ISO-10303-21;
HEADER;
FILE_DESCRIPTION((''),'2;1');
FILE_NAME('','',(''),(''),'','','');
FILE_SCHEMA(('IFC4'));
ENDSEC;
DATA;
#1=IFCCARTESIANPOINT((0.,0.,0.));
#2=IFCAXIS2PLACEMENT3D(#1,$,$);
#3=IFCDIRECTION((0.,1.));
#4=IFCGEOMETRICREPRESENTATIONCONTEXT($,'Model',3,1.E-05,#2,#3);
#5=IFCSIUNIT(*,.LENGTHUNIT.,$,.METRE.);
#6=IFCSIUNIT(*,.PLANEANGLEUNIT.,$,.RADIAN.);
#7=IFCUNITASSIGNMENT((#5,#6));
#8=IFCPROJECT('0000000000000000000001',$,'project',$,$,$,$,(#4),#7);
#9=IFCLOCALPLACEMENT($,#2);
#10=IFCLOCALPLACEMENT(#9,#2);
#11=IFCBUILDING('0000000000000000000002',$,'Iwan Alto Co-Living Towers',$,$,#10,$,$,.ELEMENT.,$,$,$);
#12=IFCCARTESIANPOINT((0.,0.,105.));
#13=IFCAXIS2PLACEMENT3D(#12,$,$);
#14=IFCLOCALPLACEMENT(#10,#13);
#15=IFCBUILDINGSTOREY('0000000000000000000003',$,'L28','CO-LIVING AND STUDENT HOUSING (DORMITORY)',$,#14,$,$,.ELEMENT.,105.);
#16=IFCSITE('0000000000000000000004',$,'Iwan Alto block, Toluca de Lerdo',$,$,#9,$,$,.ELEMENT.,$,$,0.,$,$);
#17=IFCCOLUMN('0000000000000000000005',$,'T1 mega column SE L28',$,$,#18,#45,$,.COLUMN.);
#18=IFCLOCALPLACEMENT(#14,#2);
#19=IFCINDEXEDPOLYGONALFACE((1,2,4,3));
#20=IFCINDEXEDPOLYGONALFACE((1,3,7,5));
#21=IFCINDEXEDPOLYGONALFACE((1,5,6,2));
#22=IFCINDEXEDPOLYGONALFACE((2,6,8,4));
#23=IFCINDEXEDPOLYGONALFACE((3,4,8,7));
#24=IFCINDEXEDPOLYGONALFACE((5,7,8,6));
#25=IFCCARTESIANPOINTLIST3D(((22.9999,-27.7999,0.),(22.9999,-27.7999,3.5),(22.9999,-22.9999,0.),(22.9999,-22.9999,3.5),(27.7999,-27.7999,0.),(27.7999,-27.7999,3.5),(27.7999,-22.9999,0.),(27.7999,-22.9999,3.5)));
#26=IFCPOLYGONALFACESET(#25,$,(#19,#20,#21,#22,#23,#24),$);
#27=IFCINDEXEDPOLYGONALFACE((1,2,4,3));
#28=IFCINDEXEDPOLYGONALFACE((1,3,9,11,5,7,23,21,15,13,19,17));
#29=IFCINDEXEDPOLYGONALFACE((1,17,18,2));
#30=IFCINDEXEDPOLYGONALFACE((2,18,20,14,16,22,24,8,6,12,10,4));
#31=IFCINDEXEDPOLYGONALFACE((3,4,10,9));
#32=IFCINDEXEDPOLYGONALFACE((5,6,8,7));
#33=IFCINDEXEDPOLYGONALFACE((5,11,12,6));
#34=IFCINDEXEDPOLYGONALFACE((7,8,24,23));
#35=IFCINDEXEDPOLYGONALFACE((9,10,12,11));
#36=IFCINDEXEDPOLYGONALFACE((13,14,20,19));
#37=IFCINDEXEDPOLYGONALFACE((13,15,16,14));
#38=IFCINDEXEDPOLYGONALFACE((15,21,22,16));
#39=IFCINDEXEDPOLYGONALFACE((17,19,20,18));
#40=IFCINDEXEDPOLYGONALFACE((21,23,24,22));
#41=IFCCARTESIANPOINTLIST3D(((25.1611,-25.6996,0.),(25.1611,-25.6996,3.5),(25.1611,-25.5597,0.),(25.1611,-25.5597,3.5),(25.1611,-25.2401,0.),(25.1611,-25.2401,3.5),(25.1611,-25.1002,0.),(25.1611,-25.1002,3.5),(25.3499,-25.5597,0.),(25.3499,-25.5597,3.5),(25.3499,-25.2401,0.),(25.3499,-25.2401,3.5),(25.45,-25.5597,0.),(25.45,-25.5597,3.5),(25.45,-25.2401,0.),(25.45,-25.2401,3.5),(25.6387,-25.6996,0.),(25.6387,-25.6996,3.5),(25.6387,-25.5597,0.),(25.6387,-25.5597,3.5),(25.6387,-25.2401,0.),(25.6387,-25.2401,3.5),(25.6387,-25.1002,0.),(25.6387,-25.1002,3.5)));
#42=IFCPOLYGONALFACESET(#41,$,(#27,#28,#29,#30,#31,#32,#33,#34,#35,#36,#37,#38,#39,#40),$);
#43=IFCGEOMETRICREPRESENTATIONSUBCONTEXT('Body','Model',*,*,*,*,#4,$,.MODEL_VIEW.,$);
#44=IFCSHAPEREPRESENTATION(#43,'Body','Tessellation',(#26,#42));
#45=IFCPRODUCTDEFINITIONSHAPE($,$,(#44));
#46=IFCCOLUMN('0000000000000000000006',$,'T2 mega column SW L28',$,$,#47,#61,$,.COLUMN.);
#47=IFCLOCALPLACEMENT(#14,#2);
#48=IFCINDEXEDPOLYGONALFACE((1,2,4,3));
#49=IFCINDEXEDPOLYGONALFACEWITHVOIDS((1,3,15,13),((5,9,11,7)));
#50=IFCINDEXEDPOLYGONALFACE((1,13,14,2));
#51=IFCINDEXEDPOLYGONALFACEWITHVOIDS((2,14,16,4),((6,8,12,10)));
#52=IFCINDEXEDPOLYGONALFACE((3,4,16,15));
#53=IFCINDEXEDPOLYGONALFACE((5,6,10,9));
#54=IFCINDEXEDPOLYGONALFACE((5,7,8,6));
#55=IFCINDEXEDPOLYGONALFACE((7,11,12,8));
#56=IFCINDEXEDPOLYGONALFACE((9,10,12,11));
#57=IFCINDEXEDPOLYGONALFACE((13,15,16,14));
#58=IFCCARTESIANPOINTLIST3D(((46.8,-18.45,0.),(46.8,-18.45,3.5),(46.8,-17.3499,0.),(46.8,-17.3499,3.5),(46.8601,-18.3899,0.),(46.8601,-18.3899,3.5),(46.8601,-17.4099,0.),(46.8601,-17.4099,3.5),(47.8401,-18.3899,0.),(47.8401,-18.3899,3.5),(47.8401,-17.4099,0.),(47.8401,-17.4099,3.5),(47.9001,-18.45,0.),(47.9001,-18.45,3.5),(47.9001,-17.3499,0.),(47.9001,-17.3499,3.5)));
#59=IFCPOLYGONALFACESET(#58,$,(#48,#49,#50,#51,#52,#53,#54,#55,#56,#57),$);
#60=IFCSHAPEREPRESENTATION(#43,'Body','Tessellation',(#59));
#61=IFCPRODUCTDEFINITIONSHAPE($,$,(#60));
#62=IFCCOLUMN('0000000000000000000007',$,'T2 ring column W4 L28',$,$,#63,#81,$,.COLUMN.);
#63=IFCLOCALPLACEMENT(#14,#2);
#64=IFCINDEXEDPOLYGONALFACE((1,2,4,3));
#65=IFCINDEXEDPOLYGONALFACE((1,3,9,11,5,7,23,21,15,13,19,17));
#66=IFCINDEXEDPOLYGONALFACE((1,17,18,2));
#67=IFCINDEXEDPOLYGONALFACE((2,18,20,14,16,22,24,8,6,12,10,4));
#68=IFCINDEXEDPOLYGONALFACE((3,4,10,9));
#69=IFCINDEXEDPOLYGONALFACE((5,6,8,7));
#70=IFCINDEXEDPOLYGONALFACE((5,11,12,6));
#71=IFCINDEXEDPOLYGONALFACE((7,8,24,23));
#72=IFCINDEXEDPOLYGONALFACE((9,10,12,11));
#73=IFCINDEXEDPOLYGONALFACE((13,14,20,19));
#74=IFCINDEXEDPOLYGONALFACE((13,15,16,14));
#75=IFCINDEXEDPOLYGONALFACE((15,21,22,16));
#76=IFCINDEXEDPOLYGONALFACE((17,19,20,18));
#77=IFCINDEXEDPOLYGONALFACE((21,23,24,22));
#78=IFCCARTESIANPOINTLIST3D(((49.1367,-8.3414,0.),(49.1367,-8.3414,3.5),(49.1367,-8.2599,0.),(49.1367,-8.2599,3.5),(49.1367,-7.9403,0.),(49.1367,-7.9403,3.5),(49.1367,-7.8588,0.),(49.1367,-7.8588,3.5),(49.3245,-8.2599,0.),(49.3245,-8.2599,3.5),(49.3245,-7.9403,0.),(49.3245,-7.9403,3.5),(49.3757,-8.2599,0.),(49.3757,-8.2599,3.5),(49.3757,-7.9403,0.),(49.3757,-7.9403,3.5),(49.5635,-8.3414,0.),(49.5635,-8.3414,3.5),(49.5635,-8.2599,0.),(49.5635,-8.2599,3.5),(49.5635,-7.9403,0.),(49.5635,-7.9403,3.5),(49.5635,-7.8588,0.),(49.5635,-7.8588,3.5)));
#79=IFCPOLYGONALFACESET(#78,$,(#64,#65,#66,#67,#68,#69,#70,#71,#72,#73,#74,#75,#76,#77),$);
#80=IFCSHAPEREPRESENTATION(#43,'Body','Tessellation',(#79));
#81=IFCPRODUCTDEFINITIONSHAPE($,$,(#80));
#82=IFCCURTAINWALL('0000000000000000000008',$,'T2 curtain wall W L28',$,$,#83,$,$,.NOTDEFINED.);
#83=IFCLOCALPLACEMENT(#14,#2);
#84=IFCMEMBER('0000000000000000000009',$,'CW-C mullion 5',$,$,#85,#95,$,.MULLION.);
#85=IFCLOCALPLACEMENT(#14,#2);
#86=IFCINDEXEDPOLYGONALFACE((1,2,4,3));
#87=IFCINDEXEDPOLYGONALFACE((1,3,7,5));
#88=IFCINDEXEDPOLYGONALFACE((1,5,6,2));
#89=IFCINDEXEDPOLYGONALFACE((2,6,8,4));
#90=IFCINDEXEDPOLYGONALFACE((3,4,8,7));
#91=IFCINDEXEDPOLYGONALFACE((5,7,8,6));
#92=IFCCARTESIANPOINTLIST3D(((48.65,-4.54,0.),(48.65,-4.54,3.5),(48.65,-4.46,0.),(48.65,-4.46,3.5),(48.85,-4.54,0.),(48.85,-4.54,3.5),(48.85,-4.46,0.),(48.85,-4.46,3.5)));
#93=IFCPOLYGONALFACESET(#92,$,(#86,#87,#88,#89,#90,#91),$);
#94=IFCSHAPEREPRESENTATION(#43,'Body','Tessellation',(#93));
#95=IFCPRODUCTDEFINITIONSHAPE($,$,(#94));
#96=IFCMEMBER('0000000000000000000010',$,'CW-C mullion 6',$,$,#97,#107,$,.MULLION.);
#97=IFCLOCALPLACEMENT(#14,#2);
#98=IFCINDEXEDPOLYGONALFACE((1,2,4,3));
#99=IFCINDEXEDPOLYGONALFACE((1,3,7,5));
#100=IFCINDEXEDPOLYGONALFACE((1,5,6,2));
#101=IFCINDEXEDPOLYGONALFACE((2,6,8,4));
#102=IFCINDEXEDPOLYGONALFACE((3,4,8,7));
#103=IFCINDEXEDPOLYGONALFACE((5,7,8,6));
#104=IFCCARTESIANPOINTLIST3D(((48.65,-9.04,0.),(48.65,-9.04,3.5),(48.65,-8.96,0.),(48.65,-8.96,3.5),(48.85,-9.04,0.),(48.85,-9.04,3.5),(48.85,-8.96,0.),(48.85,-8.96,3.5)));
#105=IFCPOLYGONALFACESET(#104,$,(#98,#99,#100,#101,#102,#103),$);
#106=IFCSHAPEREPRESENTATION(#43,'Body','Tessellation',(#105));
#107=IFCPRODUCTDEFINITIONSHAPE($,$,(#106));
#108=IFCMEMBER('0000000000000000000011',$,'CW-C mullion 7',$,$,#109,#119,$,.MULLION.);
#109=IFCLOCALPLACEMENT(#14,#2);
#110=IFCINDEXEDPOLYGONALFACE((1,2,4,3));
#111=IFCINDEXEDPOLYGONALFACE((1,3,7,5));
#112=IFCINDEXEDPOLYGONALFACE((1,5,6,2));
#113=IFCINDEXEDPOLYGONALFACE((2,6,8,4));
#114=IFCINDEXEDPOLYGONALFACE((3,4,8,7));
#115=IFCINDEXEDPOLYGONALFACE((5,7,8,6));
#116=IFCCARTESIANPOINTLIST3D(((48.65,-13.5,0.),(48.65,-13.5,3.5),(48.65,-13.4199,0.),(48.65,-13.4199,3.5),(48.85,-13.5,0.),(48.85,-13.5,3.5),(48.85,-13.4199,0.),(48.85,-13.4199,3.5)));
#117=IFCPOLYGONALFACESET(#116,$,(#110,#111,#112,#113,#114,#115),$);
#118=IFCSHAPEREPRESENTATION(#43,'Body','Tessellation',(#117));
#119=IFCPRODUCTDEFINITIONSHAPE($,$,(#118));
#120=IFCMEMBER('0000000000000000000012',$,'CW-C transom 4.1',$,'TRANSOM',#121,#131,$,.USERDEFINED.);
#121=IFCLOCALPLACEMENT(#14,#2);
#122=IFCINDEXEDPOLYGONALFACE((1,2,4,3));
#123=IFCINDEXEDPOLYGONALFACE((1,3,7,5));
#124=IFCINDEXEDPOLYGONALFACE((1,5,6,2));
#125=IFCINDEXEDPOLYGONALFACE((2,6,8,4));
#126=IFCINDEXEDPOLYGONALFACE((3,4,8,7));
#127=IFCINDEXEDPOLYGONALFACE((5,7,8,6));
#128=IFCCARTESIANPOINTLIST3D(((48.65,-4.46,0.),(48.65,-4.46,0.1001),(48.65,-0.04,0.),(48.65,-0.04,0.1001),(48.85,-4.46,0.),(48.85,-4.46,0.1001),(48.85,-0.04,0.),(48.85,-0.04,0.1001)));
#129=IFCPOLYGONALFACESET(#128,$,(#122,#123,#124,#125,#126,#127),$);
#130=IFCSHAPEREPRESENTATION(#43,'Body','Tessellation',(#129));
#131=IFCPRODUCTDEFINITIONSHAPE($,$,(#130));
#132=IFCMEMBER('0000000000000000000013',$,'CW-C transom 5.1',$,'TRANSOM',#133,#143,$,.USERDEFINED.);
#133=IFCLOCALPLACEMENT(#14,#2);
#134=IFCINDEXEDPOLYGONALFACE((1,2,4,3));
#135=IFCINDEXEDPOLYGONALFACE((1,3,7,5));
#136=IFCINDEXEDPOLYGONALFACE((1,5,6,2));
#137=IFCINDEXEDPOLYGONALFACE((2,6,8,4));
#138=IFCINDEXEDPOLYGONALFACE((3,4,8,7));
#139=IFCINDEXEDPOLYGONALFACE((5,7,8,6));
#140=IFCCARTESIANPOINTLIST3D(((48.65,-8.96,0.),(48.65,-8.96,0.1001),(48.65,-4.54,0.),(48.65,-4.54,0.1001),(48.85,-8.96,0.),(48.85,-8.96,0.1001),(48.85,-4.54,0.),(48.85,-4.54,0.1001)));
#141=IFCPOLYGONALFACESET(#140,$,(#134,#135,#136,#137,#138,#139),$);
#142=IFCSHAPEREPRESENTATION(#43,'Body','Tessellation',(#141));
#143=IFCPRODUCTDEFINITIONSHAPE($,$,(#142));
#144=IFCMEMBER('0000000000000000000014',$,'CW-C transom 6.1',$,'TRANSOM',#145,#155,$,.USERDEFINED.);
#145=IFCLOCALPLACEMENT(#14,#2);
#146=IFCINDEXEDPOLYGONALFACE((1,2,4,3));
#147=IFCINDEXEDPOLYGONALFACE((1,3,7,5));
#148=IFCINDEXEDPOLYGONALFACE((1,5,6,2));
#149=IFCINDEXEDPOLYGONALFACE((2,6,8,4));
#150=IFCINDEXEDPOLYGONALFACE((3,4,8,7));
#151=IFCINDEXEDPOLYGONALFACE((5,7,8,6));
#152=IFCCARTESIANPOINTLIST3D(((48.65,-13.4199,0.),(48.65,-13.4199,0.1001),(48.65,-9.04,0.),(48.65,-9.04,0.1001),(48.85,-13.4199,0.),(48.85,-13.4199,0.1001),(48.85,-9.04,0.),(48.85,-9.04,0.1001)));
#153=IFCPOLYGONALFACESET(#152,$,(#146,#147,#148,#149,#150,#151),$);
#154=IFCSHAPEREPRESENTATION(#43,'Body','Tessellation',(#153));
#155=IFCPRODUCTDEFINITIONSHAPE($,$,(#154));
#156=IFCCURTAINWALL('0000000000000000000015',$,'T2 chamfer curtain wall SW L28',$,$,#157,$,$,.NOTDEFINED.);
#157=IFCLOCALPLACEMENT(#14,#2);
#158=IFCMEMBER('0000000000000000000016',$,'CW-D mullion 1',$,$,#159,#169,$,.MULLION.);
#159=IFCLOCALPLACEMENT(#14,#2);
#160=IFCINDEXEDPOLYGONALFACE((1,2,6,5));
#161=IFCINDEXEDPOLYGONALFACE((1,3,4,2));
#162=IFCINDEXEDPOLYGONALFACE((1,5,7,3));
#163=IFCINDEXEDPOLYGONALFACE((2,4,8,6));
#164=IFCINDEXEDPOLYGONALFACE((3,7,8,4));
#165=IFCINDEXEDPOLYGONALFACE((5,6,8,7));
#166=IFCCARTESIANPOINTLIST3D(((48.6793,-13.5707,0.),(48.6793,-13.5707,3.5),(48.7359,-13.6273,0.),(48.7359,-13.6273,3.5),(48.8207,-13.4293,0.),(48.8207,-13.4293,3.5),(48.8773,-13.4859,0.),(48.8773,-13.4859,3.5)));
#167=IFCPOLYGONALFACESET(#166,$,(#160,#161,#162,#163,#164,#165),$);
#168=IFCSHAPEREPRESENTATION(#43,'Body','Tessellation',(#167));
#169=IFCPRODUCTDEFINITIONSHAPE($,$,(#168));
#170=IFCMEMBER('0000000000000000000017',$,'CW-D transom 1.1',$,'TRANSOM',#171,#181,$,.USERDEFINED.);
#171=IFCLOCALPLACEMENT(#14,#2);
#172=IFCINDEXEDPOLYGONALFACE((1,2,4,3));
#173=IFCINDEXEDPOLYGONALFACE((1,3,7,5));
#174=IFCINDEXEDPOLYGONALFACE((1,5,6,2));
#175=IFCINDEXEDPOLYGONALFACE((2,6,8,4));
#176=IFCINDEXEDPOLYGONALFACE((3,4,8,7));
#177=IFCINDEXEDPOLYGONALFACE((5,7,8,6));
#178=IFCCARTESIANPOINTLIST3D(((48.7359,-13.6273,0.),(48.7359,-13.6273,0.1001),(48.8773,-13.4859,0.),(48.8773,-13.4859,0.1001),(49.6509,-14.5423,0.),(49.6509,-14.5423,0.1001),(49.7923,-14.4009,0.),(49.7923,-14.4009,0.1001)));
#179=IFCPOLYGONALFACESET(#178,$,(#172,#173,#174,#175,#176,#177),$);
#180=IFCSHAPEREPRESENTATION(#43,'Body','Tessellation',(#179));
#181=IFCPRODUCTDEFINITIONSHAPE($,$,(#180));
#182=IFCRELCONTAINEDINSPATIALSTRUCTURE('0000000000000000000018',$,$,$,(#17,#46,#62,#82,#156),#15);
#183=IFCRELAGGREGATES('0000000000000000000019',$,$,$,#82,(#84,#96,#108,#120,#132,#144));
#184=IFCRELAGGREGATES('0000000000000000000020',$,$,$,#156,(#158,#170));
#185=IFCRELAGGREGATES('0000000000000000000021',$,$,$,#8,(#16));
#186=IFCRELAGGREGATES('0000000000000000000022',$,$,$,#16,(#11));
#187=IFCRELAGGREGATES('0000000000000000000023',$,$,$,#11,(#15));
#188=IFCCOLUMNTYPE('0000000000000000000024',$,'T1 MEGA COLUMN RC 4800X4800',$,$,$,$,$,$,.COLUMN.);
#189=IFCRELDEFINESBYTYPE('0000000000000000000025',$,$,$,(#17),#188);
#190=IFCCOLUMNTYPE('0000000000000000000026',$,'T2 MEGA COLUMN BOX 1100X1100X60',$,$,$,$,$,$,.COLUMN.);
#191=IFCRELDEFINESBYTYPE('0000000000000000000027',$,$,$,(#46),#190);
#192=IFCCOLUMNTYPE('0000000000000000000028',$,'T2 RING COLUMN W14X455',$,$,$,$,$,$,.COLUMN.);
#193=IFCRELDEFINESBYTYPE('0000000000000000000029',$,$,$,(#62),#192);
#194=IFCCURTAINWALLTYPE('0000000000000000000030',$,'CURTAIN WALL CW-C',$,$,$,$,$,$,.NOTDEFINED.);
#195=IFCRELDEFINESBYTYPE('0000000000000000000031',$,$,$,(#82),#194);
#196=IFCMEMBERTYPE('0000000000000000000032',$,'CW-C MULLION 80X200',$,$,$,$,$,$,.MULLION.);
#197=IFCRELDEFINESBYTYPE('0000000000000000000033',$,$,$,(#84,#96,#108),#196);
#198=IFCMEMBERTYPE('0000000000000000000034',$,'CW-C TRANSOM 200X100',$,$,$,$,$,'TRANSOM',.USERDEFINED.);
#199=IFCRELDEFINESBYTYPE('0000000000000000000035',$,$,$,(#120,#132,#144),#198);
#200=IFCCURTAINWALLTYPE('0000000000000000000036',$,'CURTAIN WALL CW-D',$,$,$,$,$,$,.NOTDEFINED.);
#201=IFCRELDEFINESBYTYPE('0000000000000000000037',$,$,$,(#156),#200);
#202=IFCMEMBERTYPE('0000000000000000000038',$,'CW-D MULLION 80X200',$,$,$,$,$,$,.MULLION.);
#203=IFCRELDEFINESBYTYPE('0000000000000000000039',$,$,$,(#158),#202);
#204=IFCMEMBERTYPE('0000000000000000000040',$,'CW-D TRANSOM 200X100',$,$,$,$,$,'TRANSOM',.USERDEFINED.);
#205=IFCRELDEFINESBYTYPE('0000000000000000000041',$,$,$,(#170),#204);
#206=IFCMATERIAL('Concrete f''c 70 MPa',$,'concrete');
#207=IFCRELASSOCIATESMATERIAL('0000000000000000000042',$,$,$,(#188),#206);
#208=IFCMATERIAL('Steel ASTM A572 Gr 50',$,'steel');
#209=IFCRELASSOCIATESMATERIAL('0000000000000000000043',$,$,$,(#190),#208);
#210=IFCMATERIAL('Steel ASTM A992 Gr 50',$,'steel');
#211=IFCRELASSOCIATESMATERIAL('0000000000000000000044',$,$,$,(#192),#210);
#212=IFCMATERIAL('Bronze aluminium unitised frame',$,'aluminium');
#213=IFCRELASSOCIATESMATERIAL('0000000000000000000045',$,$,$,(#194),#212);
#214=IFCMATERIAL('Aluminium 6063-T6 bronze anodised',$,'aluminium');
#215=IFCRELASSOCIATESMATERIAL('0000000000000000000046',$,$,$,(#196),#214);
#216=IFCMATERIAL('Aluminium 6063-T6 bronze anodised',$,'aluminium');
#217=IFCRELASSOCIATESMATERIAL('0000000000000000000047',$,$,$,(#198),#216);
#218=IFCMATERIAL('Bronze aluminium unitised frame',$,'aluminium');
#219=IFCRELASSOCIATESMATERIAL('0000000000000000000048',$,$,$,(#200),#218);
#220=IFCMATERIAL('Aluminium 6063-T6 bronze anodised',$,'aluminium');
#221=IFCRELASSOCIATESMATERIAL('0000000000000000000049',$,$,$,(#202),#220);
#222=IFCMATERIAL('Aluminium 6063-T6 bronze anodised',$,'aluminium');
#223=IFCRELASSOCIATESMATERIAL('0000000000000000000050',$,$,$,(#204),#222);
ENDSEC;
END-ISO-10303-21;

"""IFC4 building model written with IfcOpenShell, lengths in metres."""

from ifc_helpers import new_model, si_unit, direction, frame, origin, origin_2d, place, context, subcontext, project, spatial, rectangle, hollow_rectangle, i_section, extrude, material, material_profile, profile_set, type_object, element, aggregate, save


model = new_model("IFC4")

# Units and contexts
model_context = context("Model", 3, precision=1e-05, world=origin(), true_north=direction((0.0, 1.0)))
body_context = subcontext(model_context, "Body", "Model", "MODEL_VIEW")
ifc_project = project(units=[si_unit("LENGTHUNIT", "METRE"), si_unit("PLANEANGLEUNIT", "RADIAN")], contexts=[model_context])

# Site, building, storey
site_placement = place(None, origin())
site = spatial("IfcSite", under=ifc_project, at=site_placement, Name="Iwan Alto block, Toluca de Lerdo", CompositionType="ELEMENT", RefElevation=0.0)
building_placement = place(site_placement, origin())
building = spatial("IfcBuilding", under=site, at=building_placement, Name="Iwan Alto Co-Living Towers", CompositionType="ELEMENT")
storey_placement = place(building_placement, frame((0.0, 0.0, 105.0)))
storey = spatial("IfcBuildingStorey", under=building, at=storey_placement, Name="L28", Description="CO-LIVING AND STUDENT HOUSING (DORMITORY)", CompositionType="ELEMENT", Elevation=105.0)

# Columns
ifc_material_1 = material(Name="Concrete f'c 70 MPa", Category="concrete")
ifc_material_profile_1 = material_profile(ifc_material_1, rectangle(XDim=4.8, YDim=4.8, at=origin_2d()), Name="RC 4800X4800")
ifc_profile_set_1 = profile_set([ifc_material_profile_1], Name="Concrete f'c 70 MPa")
column_type_1 = type_object("IfcColumnType", Name="T1 MEGA COLUMN RC 4800X4800", PredefinedType="COLUMN", material=ifc_profile_set_1)
column_1_placement = place(storey_placement, frame((25.3999, -25.3999, 0.0), z_axis=(0.0, 0.0, 1.0), x_axis=(1.0, 0.0, 0.0)))
element("IfcColumn", 1, at=column_1_placement, inside=storey, type_object=column_type_1, Name="T1 mega column SE L28", PredefinedType="COLUMN", context=body_context, shape_type="SweptSolid", body=[
    extrude(rectangle(XDim=4.8, YDim=4.8, at=origin_2d()), origin(), (0.0, 0.0, 1.0), 3.5),
    extrude(i_section(OverallWidth=0.4775, OverallDepth=0.5994, WebThickness=0.1001, FlangeThickness=0.1399, at=origin_2d()), origin(), (0.0, 0.0, 1.0), 3.5),
])
ifc_material_2 = material(Name="Steel ASTM A572 Gr 50", Category="steel")
ifc_material_profile_2 = material_profile(ifc_material_2, hollow_rectangle(XDim=1.1001, YDim=1.1001, WallThickness=0.0601, at=origin_2d()), Name="BOX 1100X1100X60")
ifc_profile_set_2 = profile_set([ifc_material_profile_2], Name="Steel ASTM A572 Gr 50")
column_type_2 = type_object("IfcColumnType", Name="T2 MEGA COLUMN BOX 1100X1100X60", PredefinedType="COLUMN", material=ifc_profile_set_2)
column_2_placement = place(storey_placement, frame((47.3501, -17.8999, 0.0), z_axis=(0.0, 0.0, 1.0), x_axis=(1.0, 0.0, 0.0)))
element("IfcColumn", 2, at=column_2_placement, inside=storey, type_object=column_type_2, Name="T2 mega column SW L28", PredefinedType="COLUMN", context=body_context, shape_type="SweptSolid", body=[
    extrude(hollow_rectangle(XDim=1.1001, YDim=1.1001, WallThickness=0.0601, at=origin_2d()), origin(), (0.0, 0.0, 1.0), 3.5),
])
ifc_material_3 = material(Name="Steel ASTM A992 Gr 50", Category="steel")
ifc_material_profile_3 = material_profile(ifc_material_3, i_section(OverallWidth=0.4268, OverallDepth=0.4827, WebThickness=0.0513, FlangeThickness=0.0815, at=origin_2d()), Name="W14X455")
ifc_profile_set_3 = profile_set([ifc_material_profile_3], Name="Steel ASTM A992 Gr 50")
column_type_3 = type_object("IfcColumnType", Name="T2 RING COLUMN W14X455", PredefinedType="COLUMN", material=ifc_profile_set_3)
column_3_placement = place(storey_placement, frame((49.3501, -8.1001, 0.0), z_axis=(0.0, 0.0, 1.0), x_axis=(1.0, 0.0, 0.0)))
element("IfcColumn", 3, at=column_3_placement, inside=storey, type_object=column_type_3, Name="T2 ring column W4 L28", PredefinedType="COLUMN", context=body_context, shape_type="SweptSolid", body=[
    extrude(i_section(OverallWidth=0.4268, OverallDepth=0.4827, WebThickness=0.0513, FlangeThickness=0.0815, at=origin_2d()), origin(), (0.0, 0.0, 1.0), 3.5),
])

# Curtain walls, members
ifc_material_4 = material(Name="Bronze aluminium unitised frame", Category="aluminium")
curtain_wall_type_1 = type_object("IfcCurtainWallType", Name="CURTAIN WALL CW-C", PredefinedType="NOTDEFINED", material=ifc_material_4)
curtain_wall_1_placement = place(storey_placement, origin())
curtain_wall_1 = element("IfcCurtainWall", 4, at=curtain_wall_1_placement, inside=storey, type_object=curtain_wall_type_1, Name="T2 curtain wall W L28", PredefinedType="NOTDEFINED")
ifc_material_5 = material(Name="Aluminium 6063-T6 bronze anodised", Category="aluminium")
ifc_material_profile_4 = material_profile(ifc_material_5, rectangle(XDim=0.2, YDim=0.0801, at=origin_2d()), Name="AL 80X200")
ifc_profile_set_4 = profile_set([ifc_material_profile_4], Name="Aluminium 6063-T6 bronze anodised")
member_type_1 = type_object("IfcMemberType", Name="CW-C MULLION 80X200", PredefinedType="MULLION", material=ifc_profile_set_4)
member_1_placement = place(storey_placement, frame((48.75, -4.5, 0.0), z_axis=(0.0, 0.0, 1.0), x_axis=(1.0, 0.0, 0.0)))
member_1 = element("IfcMember", 5, at=member_1_placement, type_object=member_type_1, Name="CW-C mullion 5", PredefinedType="MULLION", context=body_context, shape_type="SweptSolid", body=[
    extrude(rectangle(XDim=0.2, YDim=0.0801, at=origin_2d()), origin(), (0.0, 0.0, 1.0), 3.5),
])
member_2_placement = place(storey_placement, frame((48.75, -9.0, 0.0), z_axis=(0.0, 0.0, 1.0), x_axis=(1.0, 0.0, 0.0)))
member_2 = element("IfcMember", 6, at=member_2_placement, type_object=member_type_1, Name="CW-C mullion 6", PredefinedType="MULLION", context=body_context, shape_type="SweptSolid", body=[
    extrude(rectangle(XDim=0.2, YDim=0.0801, at=origin_2d()), origin(), (0.0, 0.0, 1.0), 3.5),
])
member_3_placement = place(storey_placement, frame((48.75, -13.46, 0.0), z_axis=(0.0, 0.0, 1.0), x_axis=(1.0, 0.0, 0.0)))
member_3 = element("IfcMember", 7, at=member_3_placement, type_object=member_type_1, Name="CW-C mullion 7", PredefinedType="MULLION", context=body_context, shape_type="SweptSolid", body=[
    extrude(rectangle(XDim=0.2, YDim=0.0801, at=origin_2d()), origin(), (0.0, 0.0, 1.0), 3.5),
])
ifc_material_6 = material(Name="Aluminium 6063-T6 bronze anodised", Category="aluminium")
ifc_material_profile_5 = material_profile(ifc_material_6, rectangle(XDim=0.2, YDim=0.1001, at=origin_2d()), Name="AL 200X100")
ifc_profile_set_5 = profile_set([ifc_material_profile_5], Name="Aluminium 6063-T6 bronze anodised")
member_type_2 = type_object("IfcMemberType", Name="CW-C TRANSOM 200X100", ElementType="TRANSOM", PredefinedType="USERDEFINED", material=ifc_profile_set_5)
member_4_placement = place(storey_placement, frame((48.75, -0.04, 0.05), z_axis=(0.0, -1.0, 0.0), x_axis=(1.0, 0.0, 0.0)))
member_4 = element("IfcMember", 8, at=member_4_placement, type_object=member_type_2, Name="CW-C transom 4.1", ObjectType="TRANSOM", PredefinedType="USERDEFINED", context=body_context, shape_type="SweptSolid", body=[
    extrude(rectangle(XDim=0.2, YDim=0.1001, at=origin_2d()), origin(), (0.0, 0.0, 1.0), 4.4199),
])
member_5_placement = place(storey_placement, frame((48.75, -4.54, 0.05), z_axis=(0.0, -1.0, 0.0), x_axis=(1.0, 0.0, 0.0)))
member_5 = element("IfcMember", 9, at=member_5_placement, type_object=member_type_2, Name="CW-C transom 5.1", ObjectType="TRANSOM", PredefinedType="USERDEFINED", context=body_context, shape_type="SweptSolid", body=[
    extrude(rectangle(XDim=0.2, YDim=0.1001, at=origin_2d()), origin(), (0.0, 0.0, 1.0), 4.4199),
])
member_6_placement = place(storey_placement, frame((48.75, -9.04, 0.05), z_axis=(0.0, -1.0, 0.0), x_axis=(1.0, 0.0, 0.0)))
member_6 = element("IfcMember", 10, at=member_6_placement, type_object=member_type_2, Name="CW-C transom 6.1", ObjectType="TRANSOM", PredefinedType="USERDEFINED", context=body_context, shape_type="SweptSolid", body=[
    extrude(rectangle(XDim=0.2, YDim=0.1001, at=origin_2d()), origin(), (0.0, 0.0, 1.0), 4.3799),
])
ifc_material_7 = material(Name="Bronze aluminium unitised frame", Category="aluminium")
curtain_wall_type_2 = type_object("IfcCurtainWallType", Name="CURTAIN WALL CW-D", PredefinedType="NOTDEFINED", material=ifc_material_7)
curtain_wall_2_placement = place(storey_placement, origin())
curtain_wall_2 = element("IfcCurtainWall", 11, at=curtain_wall_2_placement, inside=storey, type_object=curtain_wall_type_2, Name="T2 chamfer curtain wall SW L28", PredefinedType="NOTDEFINED")
ifc_material_8 = material(Name="Aluminium 6063-T6 bronze anodised", Category="aluminium")
ifc_material_profile_6 = material_profile(ifc_material_8, rectangle(XDim=0.2, YDim=0.0801, at=origin_2d()), Name="AL 80X200")
ifc_profile_set_6 = profile_set([ifc_material_profile_6], Name="Aluminium 6063-T6 bronze anodised")
member_type_3 = type_object("IfcMemberType", Name="CW-D MULLION 80X200", PredefinedType="MULLION", material=ifc_profile_set_6)
member_7_placement = place(storey_placement, frame((48.7783, -13.5283, 0.0), z_axis=(0.0, 0.0, 1.0), x_axis=(0.707107, 0.707107, 0.0)))
member_7 = element("IfcMember", 12, at=member_7_placement, type_object=member_type_3, Name="CW-D mullion 1", PredefinedType="MULLION", context=body_context, shape_type="SweptSolid", body=[
    extrude(rectangle(XDim=0.2, YDim=0.0801, at=origin_2d()), origin(), (0.0, 0.0, 1.0), 3.5),
])
ifc_material_9 = material(Name="Aluminium 6063-T6 bronze anodised", Category="aluminium")
ifc_material_profile_7 = material_profile(ifc_material_9, rectangle(XDim=0.2, YDim=0.1001, at=origin_2d()), Name="AL 200X100")
ifc_profile_set_7 = profile_set([ifc_material_profile_7], Name="Aluminium 6063-T6 bronze anodised")
member_type_4 = type_object("IfcMemberType", Name="CW-D TRANSOM 200X100", ElementType="TRANSOM", PredefinedType="USERDEFINED", material=ifc_profile_set_7)
member_8_placement = place(storey_placement, frame((48.8066, -13.5566, 0.05), z_axis=(0.707107, -0.707107, 0.0), x_axis=(0.707107, 0.707107, 0.0)))
member_8 = element("IfcMember", 13, at=member_8_placement, type_object=member_type_4, Name="CW-D transom 1.1", ObjectType="TRANSOM", PredefinedType="USERDEFINED", context=body_context, shape_type="SweptSolid", body=[
    extrude(rectangle(XDim=0.2, YDim=0.1001, at=origin_2d()), origin(), (0.0, 0.0, 1.0), 1.2939),
])

aggregate(curtain_wall_1, [member_1, member_2, member_3, member_4, member_5, member_6])
aggregate(curtain_wall_2, [member_7, member_8])

save(model, "model.ifc")
